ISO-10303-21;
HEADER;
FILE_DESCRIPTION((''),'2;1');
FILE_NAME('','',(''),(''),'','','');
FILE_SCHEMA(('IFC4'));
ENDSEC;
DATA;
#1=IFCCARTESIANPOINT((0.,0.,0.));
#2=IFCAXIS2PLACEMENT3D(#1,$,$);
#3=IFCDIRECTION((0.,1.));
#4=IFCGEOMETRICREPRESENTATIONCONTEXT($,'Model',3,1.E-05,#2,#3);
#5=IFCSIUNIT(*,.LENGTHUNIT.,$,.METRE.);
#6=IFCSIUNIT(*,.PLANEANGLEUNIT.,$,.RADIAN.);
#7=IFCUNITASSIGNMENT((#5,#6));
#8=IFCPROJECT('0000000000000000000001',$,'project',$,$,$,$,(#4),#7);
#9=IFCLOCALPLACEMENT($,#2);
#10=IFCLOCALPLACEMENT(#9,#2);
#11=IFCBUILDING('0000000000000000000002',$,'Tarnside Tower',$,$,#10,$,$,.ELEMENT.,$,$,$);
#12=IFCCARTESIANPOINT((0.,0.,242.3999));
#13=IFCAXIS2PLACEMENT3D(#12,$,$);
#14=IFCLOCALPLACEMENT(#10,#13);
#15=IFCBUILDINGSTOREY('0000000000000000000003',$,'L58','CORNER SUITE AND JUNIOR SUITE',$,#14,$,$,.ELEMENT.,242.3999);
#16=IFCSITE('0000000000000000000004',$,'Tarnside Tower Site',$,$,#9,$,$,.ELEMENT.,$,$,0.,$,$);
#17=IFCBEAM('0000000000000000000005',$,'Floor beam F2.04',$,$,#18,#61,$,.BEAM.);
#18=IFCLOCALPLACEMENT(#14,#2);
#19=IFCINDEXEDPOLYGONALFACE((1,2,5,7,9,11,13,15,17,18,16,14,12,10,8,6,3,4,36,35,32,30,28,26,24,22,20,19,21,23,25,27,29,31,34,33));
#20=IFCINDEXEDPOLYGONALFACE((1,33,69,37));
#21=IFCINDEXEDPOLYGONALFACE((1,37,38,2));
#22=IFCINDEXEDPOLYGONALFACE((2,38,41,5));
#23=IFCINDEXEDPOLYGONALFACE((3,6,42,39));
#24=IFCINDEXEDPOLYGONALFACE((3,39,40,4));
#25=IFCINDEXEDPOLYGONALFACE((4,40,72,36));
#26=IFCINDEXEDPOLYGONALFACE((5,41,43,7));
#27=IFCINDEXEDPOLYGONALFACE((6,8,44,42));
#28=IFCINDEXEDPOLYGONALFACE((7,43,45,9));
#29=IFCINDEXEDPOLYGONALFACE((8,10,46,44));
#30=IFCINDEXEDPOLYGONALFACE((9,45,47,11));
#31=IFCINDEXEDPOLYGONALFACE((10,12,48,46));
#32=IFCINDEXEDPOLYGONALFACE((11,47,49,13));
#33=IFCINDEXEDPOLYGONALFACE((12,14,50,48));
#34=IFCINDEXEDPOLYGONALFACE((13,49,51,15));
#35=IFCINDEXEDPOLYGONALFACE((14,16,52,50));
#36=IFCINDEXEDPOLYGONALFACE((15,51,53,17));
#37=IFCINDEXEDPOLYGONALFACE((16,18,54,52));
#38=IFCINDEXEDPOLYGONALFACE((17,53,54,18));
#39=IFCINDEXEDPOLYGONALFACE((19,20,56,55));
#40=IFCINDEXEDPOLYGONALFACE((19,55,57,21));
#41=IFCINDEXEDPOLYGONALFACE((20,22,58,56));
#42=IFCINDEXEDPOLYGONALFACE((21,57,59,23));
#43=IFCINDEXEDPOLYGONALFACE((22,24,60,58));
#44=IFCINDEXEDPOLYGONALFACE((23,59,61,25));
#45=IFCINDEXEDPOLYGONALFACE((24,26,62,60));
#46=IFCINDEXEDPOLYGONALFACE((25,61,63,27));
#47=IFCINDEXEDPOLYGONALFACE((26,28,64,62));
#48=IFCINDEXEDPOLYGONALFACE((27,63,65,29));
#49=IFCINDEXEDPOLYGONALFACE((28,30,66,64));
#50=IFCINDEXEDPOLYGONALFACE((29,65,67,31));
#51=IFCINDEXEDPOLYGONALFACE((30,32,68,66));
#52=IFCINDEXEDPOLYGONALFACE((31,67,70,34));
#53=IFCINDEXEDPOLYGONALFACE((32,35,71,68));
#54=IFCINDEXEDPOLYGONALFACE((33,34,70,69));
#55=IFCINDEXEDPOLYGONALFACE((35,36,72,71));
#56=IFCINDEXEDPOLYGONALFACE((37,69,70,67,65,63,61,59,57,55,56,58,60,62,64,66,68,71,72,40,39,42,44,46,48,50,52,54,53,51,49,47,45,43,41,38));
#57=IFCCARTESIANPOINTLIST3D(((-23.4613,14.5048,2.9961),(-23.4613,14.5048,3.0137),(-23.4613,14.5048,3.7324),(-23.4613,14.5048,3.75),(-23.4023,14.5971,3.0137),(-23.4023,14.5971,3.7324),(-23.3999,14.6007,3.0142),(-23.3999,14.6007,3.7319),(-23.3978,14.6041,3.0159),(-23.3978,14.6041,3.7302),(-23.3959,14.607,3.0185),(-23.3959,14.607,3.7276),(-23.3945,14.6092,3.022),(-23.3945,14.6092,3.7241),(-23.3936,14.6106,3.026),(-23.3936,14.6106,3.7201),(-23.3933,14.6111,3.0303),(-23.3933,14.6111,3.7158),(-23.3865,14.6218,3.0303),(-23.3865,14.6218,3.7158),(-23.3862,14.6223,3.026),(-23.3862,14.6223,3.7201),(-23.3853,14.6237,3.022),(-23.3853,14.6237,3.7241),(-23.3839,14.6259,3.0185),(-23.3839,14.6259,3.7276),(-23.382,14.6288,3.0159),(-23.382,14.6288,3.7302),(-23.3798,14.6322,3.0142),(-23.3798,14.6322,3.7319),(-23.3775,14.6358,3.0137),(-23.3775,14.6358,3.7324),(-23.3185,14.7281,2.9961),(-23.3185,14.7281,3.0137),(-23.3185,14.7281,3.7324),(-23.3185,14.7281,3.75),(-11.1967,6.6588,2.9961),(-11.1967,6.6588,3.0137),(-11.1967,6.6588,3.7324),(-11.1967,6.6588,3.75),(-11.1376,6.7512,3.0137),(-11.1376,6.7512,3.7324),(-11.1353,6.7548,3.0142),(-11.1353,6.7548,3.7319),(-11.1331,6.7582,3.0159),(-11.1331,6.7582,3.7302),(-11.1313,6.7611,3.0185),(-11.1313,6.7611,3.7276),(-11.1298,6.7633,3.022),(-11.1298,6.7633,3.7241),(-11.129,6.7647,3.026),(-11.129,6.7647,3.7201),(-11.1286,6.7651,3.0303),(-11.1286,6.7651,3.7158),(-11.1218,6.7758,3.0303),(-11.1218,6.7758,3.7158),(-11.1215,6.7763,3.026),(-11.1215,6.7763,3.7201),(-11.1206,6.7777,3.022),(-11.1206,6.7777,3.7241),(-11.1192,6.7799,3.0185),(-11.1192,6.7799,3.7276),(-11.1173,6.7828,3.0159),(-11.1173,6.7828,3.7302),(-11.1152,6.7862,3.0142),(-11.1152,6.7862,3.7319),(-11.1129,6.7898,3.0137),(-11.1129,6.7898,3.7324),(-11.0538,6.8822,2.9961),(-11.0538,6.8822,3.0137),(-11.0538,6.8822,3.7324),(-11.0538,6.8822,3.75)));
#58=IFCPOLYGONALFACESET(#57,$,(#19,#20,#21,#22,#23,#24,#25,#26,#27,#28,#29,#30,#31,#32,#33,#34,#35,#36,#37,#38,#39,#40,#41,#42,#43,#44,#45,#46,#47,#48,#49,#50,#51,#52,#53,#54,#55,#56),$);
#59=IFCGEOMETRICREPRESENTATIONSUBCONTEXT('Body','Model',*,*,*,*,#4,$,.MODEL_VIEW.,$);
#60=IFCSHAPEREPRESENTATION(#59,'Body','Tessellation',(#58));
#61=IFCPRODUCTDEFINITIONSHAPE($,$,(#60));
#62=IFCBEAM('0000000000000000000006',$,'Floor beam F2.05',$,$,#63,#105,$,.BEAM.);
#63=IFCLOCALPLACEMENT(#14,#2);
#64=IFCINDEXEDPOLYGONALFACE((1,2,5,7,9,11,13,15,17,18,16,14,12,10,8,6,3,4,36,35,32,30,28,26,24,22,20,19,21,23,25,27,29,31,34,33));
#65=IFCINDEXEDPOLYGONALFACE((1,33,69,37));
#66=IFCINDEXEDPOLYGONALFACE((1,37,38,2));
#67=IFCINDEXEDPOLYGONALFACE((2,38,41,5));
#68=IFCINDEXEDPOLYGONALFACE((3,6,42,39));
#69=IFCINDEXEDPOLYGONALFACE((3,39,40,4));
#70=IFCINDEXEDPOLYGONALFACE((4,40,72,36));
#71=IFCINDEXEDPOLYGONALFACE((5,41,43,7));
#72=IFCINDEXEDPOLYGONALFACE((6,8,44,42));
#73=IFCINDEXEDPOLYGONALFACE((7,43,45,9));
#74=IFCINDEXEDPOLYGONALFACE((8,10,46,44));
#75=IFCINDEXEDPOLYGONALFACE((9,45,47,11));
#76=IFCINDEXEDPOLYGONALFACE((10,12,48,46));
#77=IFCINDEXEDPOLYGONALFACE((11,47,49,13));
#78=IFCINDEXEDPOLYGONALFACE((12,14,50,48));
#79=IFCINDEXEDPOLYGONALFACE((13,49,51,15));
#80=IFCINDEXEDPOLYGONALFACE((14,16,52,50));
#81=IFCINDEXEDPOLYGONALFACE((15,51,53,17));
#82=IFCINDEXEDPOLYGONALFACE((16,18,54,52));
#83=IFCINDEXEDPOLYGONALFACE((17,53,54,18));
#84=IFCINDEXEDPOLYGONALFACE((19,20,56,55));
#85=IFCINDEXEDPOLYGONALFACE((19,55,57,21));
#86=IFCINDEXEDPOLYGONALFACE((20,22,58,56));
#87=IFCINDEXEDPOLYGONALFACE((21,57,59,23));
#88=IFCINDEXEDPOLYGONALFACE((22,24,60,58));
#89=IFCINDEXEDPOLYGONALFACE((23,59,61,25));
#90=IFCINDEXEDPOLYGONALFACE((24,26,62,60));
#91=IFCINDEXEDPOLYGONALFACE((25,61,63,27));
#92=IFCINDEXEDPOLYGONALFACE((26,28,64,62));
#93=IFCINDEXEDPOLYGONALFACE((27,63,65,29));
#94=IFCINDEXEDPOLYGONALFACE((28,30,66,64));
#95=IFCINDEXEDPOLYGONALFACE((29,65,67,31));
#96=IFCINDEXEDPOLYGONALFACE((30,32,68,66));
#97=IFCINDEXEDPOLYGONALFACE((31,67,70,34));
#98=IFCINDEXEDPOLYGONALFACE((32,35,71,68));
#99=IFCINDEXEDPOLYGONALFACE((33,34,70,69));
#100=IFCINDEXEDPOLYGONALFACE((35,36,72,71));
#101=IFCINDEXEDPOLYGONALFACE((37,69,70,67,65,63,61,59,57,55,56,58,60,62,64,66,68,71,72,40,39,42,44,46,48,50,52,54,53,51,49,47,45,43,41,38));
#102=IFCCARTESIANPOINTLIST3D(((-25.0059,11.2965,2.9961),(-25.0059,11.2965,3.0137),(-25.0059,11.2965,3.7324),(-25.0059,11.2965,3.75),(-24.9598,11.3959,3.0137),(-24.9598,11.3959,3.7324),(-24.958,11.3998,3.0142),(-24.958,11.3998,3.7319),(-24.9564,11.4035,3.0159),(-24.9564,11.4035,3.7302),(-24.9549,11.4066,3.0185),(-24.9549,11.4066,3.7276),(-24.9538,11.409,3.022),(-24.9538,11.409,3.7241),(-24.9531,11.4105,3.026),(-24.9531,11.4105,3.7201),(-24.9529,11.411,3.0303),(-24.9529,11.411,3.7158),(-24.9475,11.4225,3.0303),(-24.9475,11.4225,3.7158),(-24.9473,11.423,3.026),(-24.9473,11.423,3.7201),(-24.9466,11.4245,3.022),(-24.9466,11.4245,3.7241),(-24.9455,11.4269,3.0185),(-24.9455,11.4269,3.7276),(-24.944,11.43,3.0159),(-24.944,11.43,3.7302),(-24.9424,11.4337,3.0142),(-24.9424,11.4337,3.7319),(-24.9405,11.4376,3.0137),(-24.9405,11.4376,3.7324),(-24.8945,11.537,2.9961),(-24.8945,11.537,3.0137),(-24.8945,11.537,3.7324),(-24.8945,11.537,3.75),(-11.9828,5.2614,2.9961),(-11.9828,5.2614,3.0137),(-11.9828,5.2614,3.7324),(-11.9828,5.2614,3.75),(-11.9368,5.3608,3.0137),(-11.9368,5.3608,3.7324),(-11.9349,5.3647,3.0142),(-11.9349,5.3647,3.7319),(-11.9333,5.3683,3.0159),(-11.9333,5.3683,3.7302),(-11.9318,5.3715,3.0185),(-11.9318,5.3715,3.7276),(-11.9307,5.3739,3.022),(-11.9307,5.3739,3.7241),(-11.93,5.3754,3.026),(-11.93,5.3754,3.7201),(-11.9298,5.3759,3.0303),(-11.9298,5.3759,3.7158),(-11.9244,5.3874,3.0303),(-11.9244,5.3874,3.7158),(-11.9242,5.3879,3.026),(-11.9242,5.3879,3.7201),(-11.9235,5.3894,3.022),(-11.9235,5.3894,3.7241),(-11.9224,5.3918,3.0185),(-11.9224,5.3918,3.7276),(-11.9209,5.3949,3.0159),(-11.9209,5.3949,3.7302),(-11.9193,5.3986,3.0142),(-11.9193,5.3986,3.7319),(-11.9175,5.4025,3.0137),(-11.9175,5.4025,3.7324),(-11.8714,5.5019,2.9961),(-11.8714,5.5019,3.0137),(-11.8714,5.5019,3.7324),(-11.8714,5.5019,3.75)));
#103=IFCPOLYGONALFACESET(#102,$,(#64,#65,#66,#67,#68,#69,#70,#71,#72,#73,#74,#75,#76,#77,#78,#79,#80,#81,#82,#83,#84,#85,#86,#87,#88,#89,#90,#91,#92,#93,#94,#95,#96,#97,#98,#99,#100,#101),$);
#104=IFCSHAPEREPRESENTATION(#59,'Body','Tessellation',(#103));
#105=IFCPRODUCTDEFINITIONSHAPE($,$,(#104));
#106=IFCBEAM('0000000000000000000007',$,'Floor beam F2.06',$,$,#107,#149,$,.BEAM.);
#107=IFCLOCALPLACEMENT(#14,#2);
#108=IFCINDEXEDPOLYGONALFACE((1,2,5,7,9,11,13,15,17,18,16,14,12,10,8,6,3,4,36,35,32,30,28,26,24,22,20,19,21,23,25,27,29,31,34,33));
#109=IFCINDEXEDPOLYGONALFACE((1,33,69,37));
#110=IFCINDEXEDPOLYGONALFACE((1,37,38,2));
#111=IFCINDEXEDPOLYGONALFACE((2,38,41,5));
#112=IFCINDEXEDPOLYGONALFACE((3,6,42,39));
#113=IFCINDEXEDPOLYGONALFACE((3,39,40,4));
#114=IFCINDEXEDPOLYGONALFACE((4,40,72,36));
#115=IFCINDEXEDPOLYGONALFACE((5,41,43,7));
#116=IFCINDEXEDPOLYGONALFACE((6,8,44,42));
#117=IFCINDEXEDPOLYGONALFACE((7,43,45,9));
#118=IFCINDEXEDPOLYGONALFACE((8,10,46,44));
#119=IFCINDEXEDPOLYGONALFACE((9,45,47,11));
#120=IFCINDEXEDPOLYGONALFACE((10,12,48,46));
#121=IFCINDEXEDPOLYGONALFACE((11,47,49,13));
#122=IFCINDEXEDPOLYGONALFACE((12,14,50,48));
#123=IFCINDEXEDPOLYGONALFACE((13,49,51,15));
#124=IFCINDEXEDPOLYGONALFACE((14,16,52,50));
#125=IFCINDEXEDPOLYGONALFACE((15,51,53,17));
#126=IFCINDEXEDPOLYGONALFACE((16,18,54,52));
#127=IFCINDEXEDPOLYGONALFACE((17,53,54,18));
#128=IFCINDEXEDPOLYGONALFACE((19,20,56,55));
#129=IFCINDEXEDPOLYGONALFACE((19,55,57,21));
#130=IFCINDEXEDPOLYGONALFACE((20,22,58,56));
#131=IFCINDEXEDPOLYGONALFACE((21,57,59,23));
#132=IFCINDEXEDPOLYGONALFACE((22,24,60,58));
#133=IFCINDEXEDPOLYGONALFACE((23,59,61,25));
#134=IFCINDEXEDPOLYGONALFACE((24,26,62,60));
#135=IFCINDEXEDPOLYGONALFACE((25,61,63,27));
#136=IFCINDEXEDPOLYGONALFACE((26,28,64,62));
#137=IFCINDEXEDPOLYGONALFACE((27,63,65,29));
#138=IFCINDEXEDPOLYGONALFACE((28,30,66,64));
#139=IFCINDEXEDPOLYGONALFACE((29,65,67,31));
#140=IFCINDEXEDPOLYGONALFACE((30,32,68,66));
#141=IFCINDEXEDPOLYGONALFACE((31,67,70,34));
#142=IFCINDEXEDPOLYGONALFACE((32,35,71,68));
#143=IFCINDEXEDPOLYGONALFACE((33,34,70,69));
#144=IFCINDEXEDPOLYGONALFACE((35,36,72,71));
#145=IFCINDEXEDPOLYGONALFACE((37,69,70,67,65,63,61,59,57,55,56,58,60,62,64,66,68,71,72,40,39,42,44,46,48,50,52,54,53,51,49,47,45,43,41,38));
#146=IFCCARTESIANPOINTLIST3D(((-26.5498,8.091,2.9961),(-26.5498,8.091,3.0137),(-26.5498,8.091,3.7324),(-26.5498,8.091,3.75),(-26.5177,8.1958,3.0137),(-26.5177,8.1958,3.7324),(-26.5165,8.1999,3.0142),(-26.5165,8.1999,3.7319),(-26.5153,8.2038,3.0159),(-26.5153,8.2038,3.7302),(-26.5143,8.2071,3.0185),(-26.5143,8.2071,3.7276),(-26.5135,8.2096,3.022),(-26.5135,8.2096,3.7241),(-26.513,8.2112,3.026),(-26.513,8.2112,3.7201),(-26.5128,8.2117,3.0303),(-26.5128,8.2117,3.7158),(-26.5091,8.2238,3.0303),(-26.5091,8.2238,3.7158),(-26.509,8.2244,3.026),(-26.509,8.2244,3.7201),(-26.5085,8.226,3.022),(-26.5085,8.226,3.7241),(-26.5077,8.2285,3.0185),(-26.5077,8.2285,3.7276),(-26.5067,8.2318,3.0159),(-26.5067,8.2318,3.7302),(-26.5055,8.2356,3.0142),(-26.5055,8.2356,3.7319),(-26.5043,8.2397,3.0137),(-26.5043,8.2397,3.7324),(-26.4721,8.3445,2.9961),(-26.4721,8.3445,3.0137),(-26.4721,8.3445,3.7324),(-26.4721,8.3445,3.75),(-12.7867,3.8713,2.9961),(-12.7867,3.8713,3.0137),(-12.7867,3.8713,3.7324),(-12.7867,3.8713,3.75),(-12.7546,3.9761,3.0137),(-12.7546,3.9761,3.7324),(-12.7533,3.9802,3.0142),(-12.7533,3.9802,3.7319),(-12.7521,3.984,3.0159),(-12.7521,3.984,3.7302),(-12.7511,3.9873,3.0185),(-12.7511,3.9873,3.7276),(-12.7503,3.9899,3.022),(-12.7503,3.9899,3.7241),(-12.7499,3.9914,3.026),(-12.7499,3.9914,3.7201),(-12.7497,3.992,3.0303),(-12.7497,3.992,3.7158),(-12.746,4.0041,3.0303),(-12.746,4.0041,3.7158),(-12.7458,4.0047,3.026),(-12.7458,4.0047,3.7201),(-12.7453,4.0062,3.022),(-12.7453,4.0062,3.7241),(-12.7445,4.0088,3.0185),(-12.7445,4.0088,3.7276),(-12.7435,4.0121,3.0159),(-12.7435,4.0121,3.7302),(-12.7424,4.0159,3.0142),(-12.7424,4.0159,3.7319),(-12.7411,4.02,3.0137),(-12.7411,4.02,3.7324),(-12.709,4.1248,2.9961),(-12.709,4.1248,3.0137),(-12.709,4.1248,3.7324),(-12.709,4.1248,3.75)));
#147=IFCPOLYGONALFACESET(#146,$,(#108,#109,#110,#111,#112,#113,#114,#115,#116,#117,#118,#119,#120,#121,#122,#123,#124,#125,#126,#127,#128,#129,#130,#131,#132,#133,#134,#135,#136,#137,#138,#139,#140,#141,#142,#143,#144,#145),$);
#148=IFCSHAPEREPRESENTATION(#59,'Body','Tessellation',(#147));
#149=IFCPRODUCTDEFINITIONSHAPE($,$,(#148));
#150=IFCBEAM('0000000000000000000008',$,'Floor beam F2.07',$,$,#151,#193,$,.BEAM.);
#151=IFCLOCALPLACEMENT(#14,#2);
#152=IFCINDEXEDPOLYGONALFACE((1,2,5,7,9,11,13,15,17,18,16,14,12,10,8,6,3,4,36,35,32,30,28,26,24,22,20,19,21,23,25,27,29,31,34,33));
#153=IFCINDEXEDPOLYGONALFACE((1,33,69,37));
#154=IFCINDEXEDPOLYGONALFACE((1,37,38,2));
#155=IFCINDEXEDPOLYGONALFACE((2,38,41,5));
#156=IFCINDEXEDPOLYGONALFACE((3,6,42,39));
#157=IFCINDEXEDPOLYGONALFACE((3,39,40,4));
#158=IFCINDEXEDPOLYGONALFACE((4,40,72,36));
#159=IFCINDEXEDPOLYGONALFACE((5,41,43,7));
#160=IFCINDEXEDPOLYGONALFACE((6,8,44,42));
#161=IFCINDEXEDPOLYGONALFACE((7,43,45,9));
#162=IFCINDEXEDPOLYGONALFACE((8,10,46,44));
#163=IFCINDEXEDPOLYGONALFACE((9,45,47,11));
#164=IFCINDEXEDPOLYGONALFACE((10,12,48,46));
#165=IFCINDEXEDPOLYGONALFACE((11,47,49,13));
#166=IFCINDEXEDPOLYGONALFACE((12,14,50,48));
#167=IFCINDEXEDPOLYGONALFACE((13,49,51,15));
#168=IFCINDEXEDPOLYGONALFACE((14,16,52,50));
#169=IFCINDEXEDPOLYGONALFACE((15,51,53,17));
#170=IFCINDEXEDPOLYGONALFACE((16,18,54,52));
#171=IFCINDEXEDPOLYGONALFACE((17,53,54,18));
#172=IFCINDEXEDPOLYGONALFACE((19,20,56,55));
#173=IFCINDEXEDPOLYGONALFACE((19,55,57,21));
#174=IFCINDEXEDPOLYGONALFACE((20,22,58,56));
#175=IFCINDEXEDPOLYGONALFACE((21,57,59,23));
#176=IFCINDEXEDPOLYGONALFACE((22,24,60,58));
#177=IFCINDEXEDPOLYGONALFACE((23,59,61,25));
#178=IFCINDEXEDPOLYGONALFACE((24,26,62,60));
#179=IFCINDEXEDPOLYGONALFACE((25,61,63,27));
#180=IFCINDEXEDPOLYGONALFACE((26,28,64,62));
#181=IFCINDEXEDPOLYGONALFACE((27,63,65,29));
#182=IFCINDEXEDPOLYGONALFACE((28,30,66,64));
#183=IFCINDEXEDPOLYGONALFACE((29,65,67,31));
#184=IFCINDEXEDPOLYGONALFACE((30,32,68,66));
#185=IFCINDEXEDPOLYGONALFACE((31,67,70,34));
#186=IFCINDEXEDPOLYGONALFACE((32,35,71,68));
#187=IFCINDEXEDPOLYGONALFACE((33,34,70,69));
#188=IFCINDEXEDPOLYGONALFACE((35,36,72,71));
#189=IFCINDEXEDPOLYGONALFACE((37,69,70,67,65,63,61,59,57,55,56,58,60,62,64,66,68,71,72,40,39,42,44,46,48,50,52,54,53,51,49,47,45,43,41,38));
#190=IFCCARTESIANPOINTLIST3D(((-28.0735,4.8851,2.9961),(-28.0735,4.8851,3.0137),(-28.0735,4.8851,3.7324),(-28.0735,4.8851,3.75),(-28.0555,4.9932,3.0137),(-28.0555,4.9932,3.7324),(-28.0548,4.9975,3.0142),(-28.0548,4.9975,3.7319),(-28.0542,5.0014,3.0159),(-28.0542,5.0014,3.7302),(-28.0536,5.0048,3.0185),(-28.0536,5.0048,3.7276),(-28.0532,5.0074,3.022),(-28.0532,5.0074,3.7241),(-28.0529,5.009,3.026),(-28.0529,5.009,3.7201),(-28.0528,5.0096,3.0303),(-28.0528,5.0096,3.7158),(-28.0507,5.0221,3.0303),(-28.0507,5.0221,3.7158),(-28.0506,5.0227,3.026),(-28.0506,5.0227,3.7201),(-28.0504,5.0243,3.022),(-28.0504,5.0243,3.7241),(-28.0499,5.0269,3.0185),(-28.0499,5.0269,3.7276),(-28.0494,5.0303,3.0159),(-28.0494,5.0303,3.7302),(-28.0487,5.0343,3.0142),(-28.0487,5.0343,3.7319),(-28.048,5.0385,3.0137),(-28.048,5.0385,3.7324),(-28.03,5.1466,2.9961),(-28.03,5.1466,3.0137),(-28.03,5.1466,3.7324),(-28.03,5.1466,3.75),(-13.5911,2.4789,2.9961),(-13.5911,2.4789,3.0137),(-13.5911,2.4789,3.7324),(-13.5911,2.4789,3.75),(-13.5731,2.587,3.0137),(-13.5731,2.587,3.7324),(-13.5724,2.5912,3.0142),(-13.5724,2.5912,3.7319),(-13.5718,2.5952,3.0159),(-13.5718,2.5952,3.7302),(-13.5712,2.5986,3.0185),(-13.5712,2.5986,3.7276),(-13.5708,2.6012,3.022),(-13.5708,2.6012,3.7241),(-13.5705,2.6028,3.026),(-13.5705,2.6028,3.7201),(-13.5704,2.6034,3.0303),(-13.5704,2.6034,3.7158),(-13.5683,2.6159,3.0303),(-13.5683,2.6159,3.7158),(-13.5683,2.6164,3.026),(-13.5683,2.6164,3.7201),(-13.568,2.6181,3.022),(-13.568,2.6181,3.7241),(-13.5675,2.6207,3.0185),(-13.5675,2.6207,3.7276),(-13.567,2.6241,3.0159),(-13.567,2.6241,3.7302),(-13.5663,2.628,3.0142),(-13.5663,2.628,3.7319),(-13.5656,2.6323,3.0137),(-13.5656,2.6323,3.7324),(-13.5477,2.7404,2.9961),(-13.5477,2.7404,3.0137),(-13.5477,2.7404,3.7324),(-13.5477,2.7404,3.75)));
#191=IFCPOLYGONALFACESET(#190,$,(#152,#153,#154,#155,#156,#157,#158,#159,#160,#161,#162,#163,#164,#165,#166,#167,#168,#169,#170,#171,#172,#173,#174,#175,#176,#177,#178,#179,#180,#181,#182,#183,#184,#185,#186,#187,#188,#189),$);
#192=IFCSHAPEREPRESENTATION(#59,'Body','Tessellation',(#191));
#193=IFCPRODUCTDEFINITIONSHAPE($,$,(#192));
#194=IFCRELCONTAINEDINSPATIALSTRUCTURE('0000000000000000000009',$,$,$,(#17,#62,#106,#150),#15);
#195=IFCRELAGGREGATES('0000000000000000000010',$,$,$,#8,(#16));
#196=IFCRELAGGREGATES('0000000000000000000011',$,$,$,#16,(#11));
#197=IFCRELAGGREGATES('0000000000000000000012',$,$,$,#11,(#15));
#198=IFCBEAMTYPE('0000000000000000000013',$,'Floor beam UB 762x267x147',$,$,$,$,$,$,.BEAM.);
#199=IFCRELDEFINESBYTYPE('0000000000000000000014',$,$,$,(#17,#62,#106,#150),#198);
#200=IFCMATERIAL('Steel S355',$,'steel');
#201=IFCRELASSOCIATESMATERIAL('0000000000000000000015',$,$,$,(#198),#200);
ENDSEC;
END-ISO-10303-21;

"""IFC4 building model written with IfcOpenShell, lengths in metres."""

from ifc_helpers import new_model, si_unit, direction, frame, origin, origin_2d, place, context, subcontext, project, spatial, i_section, extrude, material, material_profile, profile_set, type_object, element, save


model = new_model("IFC4")

# Units and contexts
model_context = context("Model", 3, precision=1e-05, world=origin(), true_north=direction((0.0, 1.0)))
body_context = subcontext(model_context, "Body", "Model", "MODEL_VIEW")
ifc_project = project(units=[si_unit("LENGTHUNIT", "METRE"), si_unit("PLANEANGLEUNIT", "RADIAN")], contexts=[model_context])

# Site, building, storey
site_placement = place(None, origin())
site = spatial("IfcSite", under=ifc_project, at=site_placement, Name="Tarnside Tower Site", CompositionType="ELEMENT", RefElevation=0.0)
building_placement = place(site_placement, origin())
building = spatial("IfcBuilding", under=site, at=building_placement, Name="Tarnside Tower", CompositionType="ELEMENT")
storey_placement = place(building_placement, frame((0.0, 0.0, 242.3999)))
storey = spatial("IfcBuildingStorey", under=building, at=storey_placement, Name="L58", Description="CORNER SUITE AND JUNIOR SUITE", CompositionType="ELEMENT", Elevation=242.3999)

# Beams
ifc_material_1 = material(Name="Steel S355", Category="steel")
ifc_material_profile = material_profile(ifc_material_1, i_section(OverallWidth=0.2651, OverallDepth=0.7539, WebThickness=0.0127, FlangeThickness=0.0176, FilletRadius=0.0166, at=origin_2d()), Name="UB 762x267x147")
ifc_profile_set = profile_set([ifc_material_profile], Name="Steel S355")
beam_type = type_object("IfcBeamType", Name="Floor beam UB 762x267x147", PredefinedType="BEAM", material=ifc_profile_set)
beam_1_placement = place(storey_placement, frame((-23.3899, 14.6165, 3.373), z_axis=(0.842378, -0.538887, 0.0), x_axis=(0.538887, 0.842378, 0.0)))
element("IfcBeam", 1, at=beam_1_placement, inside=storey, type_object=beam_type, Name="Floor beam F2.04", PredefinedType="BEAM", context=body_context, shape_type="SweptSolid", body=[
    extrude(i_section(OverallWidth=0.2651, OverallDepth=0.7539, WebThickness=0.0127, FlangeThickness=0.0176, FilletRadius=0.0166, at=origin_2d()), origin(), (0.0, 0.0, 1.0), 14.5596),
])
beam_2_placement = place(storey_placement, frame((-24.9502, 11.4167, 3.373), z_axis=(0.90731, -0.420462, 0.0), x_axis=(0.420462, 0.90731, 0.0)))
element("IfcBeam", 2, at=beam_2_placement, inside=storey, type_object=beam_type, Name="Floor beam F2.05", PredefinedType="BEAM", context=body_context, shape_type="SweptSolid", body=[
    extrude(i_section(OverallWidth=0.2651, OverallDepth=0.7539, WebThickness=0.0127, FlangeThickness=0.0176, FilletRadius=0.0166, at=origin_2d()), origin(), (0.0, 0.0, 1.0), 14.3535),
])
beam_3_placement = place(storey_placement, frame((-26.511, 8.2178, 3.373), z_axis=(0.956073, -0.293128, 0.0), x_axis=(0.293128, 0.956073, 0.0)))
element("IfcBeam", 3, at=beam_3_placement, inside=storey, type_object=beam_type, Name="Floor beam F2.06", PredefinedType="BEAM", context=body_context, shape_type="SweptSolid", body=[
    extrude(i_section(OverallWidth=0.2651, OverallDepth=0.7539, WebThickness=0.0127, FlangeThickness=0.0176, FilletRadius=0.0166, at=origin_2d()), origin(), (0.0, 0.0, 1.0), 14.3955),
])
beam_4_placement = place(storey_placement, frame((-28.0518, 5.0159, 3.373), z_axis=(0.986476, -0.163903, 0.0), x_axis=(0.163903, 0.986476, 0.0)))
element("IfcBeam", 4, at=beam_4_placement, inside=storey, type_object=beam_type, Name="Floor beam F2.07", PredefinedType="BEAM", context=body_context, shape_type="SweptSolid", body=[
    extrude(i_section(OverallWidth=0.2651, OverallDepth=0.7539, WebThickness=0.0127, FlangeThickness=0.0176, FilletRadius=0.0166, at=origin_2d()), origin(), (0.0, 0.0, 1.0), 14.6809),
])

save(model, "model.ifc")
